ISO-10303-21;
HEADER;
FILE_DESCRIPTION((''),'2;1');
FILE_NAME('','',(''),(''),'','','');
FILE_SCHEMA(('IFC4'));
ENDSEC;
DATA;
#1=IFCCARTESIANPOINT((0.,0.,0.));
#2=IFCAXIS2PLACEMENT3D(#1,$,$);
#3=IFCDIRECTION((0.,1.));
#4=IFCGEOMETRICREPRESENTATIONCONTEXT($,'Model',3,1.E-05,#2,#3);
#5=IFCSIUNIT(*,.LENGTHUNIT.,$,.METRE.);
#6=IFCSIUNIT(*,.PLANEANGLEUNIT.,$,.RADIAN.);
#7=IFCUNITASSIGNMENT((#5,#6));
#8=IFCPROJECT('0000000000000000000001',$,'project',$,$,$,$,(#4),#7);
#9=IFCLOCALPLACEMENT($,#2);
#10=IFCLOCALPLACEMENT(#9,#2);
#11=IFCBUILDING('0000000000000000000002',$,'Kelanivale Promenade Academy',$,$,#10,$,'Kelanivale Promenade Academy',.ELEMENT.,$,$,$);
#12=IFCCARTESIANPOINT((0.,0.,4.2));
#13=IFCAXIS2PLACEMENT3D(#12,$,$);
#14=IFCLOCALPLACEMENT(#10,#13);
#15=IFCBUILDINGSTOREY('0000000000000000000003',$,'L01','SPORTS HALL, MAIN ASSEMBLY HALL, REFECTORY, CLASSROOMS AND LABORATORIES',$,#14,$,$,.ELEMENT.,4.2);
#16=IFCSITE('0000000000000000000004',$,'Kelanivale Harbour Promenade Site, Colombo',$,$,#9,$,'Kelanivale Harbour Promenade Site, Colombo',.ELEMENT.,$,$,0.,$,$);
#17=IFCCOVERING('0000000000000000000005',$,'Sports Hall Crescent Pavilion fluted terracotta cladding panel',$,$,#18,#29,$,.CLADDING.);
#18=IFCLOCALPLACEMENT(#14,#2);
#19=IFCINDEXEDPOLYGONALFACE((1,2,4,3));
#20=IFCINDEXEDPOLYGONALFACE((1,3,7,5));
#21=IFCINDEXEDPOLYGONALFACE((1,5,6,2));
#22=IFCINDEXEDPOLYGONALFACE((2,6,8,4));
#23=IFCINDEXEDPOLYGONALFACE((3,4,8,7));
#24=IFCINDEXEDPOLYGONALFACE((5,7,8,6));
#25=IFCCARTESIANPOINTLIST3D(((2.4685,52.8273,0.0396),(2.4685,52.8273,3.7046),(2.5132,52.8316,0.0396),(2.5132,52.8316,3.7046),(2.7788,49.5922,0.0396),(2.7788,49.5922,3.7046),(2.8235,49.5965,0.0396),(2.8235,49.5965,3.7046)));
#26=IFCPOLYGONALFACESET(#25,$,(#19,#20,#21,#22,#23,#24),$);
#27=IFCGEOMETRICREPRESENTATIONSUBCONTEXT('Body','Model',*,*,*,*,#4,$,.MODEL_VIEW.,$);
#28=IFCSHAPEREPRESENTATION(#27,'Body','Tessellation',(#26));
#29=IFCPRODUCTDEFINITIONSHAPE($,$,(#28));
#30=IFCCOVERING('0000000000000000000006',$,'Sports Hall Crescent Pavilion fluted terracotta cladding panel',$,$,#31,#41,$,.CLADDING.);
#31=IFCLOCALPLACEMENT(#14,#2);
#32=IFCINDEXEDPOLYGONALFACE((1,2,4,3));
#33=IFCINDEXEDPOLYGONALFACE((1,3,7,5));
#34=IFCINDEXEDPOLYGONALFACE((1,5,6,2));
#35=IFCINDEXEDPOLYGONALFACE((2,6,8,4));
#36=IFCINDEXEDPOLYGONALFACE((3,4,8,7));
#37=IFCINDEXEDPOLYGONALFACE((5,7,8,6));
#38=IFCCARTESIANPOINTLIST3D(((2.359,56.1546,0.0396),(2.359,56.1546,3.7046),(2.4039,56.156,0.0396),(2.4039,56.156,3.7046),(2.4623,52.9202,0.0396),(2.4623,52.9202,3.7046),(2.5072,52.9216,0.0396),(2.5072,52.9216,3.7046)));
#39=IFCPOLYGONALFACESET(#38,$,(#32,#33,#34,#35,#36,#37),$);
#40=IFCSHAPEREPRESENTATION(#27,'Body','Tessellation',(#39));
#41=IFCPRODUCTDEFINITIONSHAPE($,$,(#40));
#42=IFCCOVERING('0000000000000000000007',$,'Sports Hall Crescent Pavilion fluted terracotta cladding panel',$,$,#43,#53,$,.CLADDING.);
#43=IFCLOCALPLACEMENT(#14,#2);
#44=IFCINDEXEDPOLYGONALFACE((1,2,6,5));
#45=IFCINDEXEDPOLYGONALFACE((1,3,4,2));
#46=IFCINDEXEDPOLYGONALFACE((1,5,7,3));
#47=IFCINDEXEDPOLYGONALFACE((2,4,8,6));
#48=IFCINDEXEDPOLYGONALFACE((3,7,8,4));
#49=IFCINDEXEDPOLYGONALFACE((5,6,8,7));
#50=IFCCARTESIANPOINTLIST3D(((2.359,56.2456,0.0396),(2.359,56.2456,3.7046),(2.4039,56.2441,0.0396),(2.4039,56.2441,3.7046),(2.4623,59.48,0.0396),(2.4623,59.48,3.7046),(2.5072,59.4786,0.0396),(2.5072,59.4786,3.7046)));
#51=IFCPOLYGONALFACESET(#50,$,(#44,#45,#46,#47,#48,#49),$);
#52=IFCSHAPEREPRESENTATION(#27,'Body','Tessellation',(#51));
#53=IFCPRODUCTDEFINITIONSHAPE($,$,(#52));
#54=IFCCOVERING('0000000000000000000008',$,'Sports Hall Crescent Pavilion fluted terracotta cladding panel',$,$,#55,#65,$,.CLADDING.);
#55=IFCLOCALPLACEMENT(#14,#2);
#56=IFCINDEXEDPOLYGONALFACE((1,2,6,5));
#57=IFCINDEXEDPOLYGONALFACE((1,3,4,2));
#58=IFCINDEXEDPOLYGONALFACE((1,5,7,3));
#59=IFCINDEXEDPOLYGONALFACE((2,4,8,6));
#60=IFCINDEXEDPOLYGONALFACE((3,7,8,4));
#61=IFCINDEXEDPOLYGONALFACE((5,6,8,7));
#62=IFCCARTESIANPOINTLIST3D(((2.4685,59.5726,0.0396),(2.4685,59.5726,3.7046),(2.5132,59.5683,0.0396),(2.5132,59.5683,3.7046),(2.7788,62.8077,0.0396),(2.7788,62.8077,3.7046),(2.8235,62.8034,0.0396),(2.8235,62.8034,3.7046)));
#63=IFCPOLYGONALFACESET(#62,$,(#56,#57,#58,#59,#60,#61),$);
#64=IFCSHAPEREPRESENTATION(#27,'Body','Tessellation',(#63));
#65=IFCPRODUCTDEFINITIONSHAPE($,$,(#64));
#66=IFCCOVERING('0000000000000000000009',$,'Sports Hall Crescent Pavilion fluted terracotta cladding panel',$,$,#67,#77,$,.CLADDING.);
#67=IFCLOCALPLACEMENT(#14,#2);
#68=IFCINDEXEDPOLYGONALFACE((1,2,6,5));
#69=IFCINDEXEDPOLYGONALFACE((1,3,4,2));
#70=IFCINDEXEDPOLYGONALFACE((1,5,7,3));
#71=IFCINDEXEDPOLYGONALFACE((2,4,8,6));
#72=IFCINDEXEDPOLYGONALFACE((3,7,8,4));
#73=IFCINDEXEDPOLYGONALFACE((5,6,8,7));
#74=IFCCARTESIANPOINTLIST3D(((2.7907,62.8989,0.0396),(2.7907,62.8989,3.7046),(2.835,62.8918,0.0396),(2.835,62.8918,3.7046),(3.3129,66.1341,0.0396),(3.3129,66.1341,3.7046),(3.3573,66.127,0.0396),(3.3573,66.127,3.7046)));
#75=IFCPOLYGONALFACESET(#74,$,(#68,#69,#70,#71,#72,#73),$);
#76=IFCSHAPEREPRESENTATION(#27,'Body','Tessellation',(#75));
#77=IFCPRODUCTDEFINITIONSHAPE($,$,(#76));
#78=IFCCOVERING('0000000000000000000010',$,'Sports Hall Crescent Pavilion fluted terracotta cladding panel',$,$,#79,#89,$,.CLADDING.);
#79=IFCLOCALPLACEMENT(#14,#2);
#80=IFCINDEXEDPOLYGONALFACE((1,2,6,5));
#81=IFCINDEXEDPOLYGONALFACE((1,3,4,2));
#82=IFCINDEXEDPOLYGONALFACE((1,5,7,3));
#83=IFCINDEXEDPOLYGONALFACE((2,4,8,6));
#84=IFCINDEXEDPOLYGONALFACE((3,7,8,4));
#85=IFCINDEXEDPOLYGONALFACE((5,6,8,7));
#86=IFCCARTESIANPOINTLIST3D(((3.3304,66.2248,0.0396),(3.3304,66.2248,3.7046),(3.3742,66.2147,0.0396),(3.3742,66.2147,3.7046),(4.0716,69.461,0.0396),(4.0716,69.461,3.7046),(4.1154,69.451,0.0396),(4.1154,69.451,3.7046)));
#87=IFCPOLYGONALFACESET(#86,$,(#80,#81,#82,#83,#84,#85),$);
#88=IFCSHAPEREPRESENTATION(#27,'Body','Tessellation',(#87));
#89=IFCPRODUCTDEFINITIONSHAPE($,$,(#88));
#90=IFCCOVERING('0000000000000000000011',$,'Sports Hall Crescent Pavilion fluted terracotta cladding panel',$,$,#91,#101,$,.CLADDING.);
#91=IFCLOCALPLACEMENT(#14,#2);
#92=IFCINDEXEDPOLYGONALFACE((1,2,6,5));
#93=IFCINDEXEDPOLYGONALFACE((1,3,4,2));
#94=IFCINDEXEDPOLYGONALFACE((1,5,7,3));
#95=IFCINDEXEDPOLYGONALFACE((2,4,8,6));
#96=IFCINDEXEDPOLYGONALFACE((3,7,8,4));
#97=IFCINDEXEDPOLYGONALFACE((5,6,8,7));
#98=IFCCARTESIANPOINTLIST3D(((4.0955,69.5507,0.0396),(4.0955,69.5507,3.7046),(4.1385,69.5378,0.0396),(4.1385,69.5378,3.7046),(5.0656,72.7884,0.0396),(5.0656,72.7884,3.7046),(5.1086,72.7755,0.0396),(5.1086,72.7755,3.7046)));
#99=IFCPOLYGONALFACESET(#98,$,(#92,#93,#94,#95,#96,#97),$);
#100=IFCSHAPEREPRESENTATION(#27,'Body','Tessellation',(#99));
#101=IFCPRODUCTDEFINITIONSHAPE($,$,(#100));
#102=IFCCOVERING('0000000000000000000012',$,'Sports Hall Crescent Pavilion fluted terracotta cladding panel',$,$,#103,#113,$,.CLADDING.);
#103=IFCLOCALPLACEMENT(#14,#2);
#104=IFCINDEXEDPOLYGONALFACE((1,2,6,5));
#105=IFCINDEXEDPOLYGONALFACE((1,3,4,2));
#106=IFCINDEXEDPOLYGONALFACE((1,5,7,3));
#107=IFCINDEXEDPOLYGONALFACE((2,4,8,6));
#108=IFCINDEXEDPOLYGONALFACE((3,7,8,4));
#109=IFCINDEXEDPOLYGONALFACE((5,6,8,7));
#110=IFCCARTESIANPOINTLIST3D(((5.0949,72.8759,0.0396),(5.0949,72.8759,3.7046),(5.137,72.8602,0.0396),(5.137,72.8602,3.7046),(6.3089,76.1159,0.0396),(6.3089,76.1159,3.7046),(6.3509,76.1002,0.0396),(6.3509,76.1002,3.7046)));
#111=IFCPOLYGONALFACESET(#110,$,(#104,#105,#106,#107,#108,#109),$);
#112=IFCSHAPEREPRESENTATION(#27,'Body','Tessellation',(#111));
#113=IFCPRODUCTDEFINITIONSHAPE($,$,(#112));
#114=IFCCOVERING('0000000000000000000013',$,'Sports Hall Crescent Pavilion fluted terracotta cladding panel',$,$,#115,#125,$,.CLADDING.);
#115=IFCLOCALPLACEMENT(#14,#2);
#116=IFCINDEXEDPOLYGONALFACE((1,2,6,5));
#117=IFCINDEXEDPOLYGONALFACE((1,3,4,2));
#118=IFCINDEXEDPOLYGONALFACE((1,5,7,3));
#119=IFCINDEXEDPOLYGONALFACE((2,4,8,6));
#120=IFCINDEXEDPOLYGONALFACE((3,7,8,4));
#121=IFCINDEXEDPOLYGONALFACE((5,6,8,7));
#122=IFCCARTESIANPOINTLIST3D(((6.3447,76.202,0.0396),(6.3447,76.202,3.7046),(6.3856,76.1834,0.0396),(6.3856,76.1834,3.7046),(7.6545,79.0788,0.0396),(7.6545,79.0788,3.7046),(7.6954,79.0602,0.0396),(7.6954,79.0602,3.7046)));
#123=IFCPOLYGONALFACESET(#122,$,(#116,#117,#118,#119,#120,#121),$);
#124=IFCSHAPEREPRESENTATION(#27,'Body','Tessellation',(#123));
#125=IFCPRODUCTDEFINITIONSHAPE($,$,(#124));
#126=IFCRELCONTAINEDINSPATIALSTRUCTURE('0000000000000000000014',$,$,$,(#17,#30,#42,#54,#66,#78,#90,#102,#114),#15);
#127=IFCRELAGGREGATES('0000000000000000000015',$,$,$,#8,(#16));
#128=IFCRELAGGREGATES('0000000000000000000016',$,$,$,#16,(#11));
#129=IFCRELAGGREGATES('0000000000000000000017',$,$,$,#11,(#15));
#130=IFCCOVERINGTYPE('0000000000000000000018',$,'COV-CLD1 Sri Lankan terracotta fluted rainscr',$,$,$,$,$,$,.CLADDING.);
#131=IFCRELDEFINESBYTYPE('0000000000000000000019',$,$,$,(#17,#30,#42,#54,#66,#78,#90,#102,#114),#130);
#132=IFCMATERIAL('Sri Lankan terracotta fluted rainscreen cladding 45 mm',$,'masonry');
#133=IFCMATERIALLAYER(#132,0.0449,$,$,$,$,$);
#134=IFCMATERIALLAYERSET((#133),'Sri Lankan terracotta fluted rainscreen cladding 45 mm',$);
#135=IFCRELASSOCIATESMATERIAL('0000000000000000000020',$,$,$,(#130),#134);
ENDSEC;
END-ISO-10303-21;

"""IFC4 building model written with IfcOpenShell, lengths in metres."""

from ifc_helpers import new_model, si_unit, direction, frame, origin, origin_2d, place, context, subcontext, project, spatial, rectangle, extrude, material, layer, layer_set, type_object, element, save


model = new_model("IFC4")

# Units and contexts
model_context = context("Model", 3, precision=1e-05, world=origin(), true_north=direction((0.0, 1.0)))
body_context = subcontext(model_context, "Body", "Model", "MODEL_VIEW")
ifc_project = project(units=[si_unit("LENGTHUNIT", "METRE"), si_unit("PLANEANGLEUNIT", "RADIAN")], contexts=[model_context])

# Site, building, storey
site_placement = place(None, origin())
site = spatial("IfcSite", under=ifc_project, at=site_placement, Name="Kelanivale Harbour Promenade Site, Colombo", LongName="Kelanivale Harbour Promenade Site, Colombo", CompositionType="ELEMENT", RefElevation=0.0)
building_placement = place(site_placement, origin())
building = spatial("IfcBuilding", under=site, at=building_placement, Name="Kelanivale Promenade Academy", LongName="Kelanivale Promenade Academy", CompositionType="ELEMENT")
storey_placement = place(building_placement, frame((0.0, 0.0, 4.2)))
storey = spatial("IfcBuildingStorey", under=building, at=storey_placement, Name="L01", Description="SPORTS HALL, MAIN ASSEMBLY HALL, REFECTORY, CLASSROOMS AND LABORATORIES", CompositionType="ELEMENT", Elevation=4.2)

# Coverings
ifc_material_1 = material(Name="Sri Lankan terracotta fluted rainscreen cladding 45 mm", Category="masonry")
ifc_layer_1 = layer(ifc_material_1, 0.0449)
ifc_layer_set_1 = layer_set([ifc_layer_1], Name="Sri Lankan terracotta fluted rainscreen cladding 45 mm")
covering_type = type_object("IfcCoveringType", Name="COV-CLD1 Sri Lankan terracotta fluted rainscr", PredefinedType="CLADDING", material=ifc_layer_set_1)
covering_1_placement = place(storey_placement, frame((2.646, 51.2119, 0.0396), z_axis=(0.0, 0.0, 1.0), x_axis=(0.095498, -0.99543, 0.0)))
element("IfcCovering", 1, at=covering_1_placement, inside=storey, type_object=covering_type, Name="Sports Hall Crescent Pavilion fluted terracotta cladding panel", PredefinedType="CLADDING", context=body_context, shape_type="SweptSolid", body=[
    extrude(rectangle(XDim=3.25, YDim=0.0449, at=origin_2d()), origin(), (0.0, 0.0, 1.0), 3.665),
])
for number, where, z_axis, x_axis, name in (
    (2, (2.4331, 54.5381, 0.0396), (0.0, 0.0, 1.0), (0.031934, -0.99949, 0.0), "Sports Hall Crescent Pavilion fluted terracotta cladding panel"),
    (3, (2.4331, 57.8621, 0.0396), (0.0, 0.0, 1.0), (-0.031934, -0.99949, 0.0), "Sports Hall Crescent Pavilion fluted terracotta cladding panel"),
):
    element("IfcCovering", number, at=place(storey_placement, frame(where, z_axis=z_axis, x_axis=x_axis)), inside=storey, type_object=covering_type, Name=name, PredefinedType="CLADDING", context=body_context, shape_type="SweptSolid", body=[
        extrude(rectangle(XDim=3.2361, YDim=0.0449, at=origin_2d()), origin(), (0.0, 0.0, 1.0), 3.665),
    ])
covering_2_placement = place(storey_placement, frame((2.646, 61.188, 0.0396), z_axis=(0.0, 0.0, 1.0), x_axis=(-0.095498, -0.99543, 0.0)))
element("IfcCovering", 4, at=covering_2_placement, inside=storey, type_object=covering_type, Name="Sports Hall Crescent Pavilion fluted terracotta cladding panel", PredefinedType="CLADDING", context=body_context, shape_type="SweptSolid", body=[
    extrude(rectangle(XDim=3.25, YDim=0.0449, at=origin_2d()), origin(), (0.0, 0.0, 1.0), 3.665),
])
covering_3_placement = place(storey_placement, frame((3.074, 64.5129, 0.0396), z_axis=(0.0, 0.0, 1.0), x_axis=(-0.159364, -0.98722, 0.0)))
element("IfcCovering", 5, at=covering_3_placement, inside=storey, type_object=covering_type, Name="Sports Hall Crescent Pavilion fluted terracotta cladding panel", PredefinedType="CLADDING", context=body_context, shape_type="SweptSolid", body=[
    extrude(rectangle(XDim=3.2771, YDim=0.0449, at=origin_2d()), origin(), (0.0, 0.0, 1.0), 3.665),
])
covering_4_placement = place(storey_placement, frame((3.7229, 67.8379, 0.0396), z_axis=(0.0, 0.0, 1.0), x_axis=(-0.22325, -0.974761, 0.0)))
element("IfcCovering", 6, at=covering_4_placement, inside=storey, type_object=covering_type, Name="Sports Hall Crescent Pavilion fluted terracotta cladding panel", PredefinedType="CLADDING", context=body_context, shape_type="SweptSolid", body=[
    extrude(rectangle(XDim=3.3201, YDim=0.0449, at=origin_2d()), origin(), (0.0, 0.0, 1.0), 3.665),
])
covering_5_placement = place(storey_placement, frame((4.6021, 71.1631, 0.0396), z_axis=(0.0, 0.0, 1.0), x_axis=(-0.287026, -0.957923, 0.0)))
element("IfcCovering", 7, at=covering_5_placement, inside=storey, type_object=covering_type, Name="Sports Hall Crescent Pavilion fluted terracotta cladding panel", PredefinedType="CLADDING", context=body_context, shape_type="SweptSolid", body=[
    extrude(rectangle(XDim=3.3799, YDim=0.0449, at=origin_2d()), origin(), (0.0, 0.0, 1.0), 3.665),
])
covering_6_placement = place(storey_placement, frame((5.7229, 74.488, 0.0396), z_axis=(0.0, 0.0, 1.0), x_axis=(-0.350861, -0.936427, 0.0)))
element("IfcCovering", 8, at=covering_6_placement, inside=storey, type_object=covering_type, Name="Sports Hall Crescent Pavilion fluted terracotta cladding panel", PredefinedType="CLADDING", context=body_context, shape_type="SweptSolid", body=[
    extrude(rectangle(XDim=3.46, YDim=0.0449, at=origin_2d()), origin(), (0.0, 0.0, 1.0), 3.665),
])
covering_7_placement = place(storey_placement, frame((7.02, 77.6311, 0.0396), z_axis=(0.0, 0.0, 1.0), x_axis=(-0.414376, -0.910106, 0.0)))
element("IfcCovering", 9, at=covering_7_placement, inside=storey, type_object=covering_type, Name="Sports Hall Crescent Pavilion fluted terracotta cladding panel", PredefinedType="CLADDING", context=body_context, shape_type="SweptSolid", body=[
    extrude(rectangle(XDim=3.1609, YDim=0.0449, at=origin_2d()), origin(), (0.0, 0.0, 1.0), 3.665),
])

save(model, "model.ifc")
